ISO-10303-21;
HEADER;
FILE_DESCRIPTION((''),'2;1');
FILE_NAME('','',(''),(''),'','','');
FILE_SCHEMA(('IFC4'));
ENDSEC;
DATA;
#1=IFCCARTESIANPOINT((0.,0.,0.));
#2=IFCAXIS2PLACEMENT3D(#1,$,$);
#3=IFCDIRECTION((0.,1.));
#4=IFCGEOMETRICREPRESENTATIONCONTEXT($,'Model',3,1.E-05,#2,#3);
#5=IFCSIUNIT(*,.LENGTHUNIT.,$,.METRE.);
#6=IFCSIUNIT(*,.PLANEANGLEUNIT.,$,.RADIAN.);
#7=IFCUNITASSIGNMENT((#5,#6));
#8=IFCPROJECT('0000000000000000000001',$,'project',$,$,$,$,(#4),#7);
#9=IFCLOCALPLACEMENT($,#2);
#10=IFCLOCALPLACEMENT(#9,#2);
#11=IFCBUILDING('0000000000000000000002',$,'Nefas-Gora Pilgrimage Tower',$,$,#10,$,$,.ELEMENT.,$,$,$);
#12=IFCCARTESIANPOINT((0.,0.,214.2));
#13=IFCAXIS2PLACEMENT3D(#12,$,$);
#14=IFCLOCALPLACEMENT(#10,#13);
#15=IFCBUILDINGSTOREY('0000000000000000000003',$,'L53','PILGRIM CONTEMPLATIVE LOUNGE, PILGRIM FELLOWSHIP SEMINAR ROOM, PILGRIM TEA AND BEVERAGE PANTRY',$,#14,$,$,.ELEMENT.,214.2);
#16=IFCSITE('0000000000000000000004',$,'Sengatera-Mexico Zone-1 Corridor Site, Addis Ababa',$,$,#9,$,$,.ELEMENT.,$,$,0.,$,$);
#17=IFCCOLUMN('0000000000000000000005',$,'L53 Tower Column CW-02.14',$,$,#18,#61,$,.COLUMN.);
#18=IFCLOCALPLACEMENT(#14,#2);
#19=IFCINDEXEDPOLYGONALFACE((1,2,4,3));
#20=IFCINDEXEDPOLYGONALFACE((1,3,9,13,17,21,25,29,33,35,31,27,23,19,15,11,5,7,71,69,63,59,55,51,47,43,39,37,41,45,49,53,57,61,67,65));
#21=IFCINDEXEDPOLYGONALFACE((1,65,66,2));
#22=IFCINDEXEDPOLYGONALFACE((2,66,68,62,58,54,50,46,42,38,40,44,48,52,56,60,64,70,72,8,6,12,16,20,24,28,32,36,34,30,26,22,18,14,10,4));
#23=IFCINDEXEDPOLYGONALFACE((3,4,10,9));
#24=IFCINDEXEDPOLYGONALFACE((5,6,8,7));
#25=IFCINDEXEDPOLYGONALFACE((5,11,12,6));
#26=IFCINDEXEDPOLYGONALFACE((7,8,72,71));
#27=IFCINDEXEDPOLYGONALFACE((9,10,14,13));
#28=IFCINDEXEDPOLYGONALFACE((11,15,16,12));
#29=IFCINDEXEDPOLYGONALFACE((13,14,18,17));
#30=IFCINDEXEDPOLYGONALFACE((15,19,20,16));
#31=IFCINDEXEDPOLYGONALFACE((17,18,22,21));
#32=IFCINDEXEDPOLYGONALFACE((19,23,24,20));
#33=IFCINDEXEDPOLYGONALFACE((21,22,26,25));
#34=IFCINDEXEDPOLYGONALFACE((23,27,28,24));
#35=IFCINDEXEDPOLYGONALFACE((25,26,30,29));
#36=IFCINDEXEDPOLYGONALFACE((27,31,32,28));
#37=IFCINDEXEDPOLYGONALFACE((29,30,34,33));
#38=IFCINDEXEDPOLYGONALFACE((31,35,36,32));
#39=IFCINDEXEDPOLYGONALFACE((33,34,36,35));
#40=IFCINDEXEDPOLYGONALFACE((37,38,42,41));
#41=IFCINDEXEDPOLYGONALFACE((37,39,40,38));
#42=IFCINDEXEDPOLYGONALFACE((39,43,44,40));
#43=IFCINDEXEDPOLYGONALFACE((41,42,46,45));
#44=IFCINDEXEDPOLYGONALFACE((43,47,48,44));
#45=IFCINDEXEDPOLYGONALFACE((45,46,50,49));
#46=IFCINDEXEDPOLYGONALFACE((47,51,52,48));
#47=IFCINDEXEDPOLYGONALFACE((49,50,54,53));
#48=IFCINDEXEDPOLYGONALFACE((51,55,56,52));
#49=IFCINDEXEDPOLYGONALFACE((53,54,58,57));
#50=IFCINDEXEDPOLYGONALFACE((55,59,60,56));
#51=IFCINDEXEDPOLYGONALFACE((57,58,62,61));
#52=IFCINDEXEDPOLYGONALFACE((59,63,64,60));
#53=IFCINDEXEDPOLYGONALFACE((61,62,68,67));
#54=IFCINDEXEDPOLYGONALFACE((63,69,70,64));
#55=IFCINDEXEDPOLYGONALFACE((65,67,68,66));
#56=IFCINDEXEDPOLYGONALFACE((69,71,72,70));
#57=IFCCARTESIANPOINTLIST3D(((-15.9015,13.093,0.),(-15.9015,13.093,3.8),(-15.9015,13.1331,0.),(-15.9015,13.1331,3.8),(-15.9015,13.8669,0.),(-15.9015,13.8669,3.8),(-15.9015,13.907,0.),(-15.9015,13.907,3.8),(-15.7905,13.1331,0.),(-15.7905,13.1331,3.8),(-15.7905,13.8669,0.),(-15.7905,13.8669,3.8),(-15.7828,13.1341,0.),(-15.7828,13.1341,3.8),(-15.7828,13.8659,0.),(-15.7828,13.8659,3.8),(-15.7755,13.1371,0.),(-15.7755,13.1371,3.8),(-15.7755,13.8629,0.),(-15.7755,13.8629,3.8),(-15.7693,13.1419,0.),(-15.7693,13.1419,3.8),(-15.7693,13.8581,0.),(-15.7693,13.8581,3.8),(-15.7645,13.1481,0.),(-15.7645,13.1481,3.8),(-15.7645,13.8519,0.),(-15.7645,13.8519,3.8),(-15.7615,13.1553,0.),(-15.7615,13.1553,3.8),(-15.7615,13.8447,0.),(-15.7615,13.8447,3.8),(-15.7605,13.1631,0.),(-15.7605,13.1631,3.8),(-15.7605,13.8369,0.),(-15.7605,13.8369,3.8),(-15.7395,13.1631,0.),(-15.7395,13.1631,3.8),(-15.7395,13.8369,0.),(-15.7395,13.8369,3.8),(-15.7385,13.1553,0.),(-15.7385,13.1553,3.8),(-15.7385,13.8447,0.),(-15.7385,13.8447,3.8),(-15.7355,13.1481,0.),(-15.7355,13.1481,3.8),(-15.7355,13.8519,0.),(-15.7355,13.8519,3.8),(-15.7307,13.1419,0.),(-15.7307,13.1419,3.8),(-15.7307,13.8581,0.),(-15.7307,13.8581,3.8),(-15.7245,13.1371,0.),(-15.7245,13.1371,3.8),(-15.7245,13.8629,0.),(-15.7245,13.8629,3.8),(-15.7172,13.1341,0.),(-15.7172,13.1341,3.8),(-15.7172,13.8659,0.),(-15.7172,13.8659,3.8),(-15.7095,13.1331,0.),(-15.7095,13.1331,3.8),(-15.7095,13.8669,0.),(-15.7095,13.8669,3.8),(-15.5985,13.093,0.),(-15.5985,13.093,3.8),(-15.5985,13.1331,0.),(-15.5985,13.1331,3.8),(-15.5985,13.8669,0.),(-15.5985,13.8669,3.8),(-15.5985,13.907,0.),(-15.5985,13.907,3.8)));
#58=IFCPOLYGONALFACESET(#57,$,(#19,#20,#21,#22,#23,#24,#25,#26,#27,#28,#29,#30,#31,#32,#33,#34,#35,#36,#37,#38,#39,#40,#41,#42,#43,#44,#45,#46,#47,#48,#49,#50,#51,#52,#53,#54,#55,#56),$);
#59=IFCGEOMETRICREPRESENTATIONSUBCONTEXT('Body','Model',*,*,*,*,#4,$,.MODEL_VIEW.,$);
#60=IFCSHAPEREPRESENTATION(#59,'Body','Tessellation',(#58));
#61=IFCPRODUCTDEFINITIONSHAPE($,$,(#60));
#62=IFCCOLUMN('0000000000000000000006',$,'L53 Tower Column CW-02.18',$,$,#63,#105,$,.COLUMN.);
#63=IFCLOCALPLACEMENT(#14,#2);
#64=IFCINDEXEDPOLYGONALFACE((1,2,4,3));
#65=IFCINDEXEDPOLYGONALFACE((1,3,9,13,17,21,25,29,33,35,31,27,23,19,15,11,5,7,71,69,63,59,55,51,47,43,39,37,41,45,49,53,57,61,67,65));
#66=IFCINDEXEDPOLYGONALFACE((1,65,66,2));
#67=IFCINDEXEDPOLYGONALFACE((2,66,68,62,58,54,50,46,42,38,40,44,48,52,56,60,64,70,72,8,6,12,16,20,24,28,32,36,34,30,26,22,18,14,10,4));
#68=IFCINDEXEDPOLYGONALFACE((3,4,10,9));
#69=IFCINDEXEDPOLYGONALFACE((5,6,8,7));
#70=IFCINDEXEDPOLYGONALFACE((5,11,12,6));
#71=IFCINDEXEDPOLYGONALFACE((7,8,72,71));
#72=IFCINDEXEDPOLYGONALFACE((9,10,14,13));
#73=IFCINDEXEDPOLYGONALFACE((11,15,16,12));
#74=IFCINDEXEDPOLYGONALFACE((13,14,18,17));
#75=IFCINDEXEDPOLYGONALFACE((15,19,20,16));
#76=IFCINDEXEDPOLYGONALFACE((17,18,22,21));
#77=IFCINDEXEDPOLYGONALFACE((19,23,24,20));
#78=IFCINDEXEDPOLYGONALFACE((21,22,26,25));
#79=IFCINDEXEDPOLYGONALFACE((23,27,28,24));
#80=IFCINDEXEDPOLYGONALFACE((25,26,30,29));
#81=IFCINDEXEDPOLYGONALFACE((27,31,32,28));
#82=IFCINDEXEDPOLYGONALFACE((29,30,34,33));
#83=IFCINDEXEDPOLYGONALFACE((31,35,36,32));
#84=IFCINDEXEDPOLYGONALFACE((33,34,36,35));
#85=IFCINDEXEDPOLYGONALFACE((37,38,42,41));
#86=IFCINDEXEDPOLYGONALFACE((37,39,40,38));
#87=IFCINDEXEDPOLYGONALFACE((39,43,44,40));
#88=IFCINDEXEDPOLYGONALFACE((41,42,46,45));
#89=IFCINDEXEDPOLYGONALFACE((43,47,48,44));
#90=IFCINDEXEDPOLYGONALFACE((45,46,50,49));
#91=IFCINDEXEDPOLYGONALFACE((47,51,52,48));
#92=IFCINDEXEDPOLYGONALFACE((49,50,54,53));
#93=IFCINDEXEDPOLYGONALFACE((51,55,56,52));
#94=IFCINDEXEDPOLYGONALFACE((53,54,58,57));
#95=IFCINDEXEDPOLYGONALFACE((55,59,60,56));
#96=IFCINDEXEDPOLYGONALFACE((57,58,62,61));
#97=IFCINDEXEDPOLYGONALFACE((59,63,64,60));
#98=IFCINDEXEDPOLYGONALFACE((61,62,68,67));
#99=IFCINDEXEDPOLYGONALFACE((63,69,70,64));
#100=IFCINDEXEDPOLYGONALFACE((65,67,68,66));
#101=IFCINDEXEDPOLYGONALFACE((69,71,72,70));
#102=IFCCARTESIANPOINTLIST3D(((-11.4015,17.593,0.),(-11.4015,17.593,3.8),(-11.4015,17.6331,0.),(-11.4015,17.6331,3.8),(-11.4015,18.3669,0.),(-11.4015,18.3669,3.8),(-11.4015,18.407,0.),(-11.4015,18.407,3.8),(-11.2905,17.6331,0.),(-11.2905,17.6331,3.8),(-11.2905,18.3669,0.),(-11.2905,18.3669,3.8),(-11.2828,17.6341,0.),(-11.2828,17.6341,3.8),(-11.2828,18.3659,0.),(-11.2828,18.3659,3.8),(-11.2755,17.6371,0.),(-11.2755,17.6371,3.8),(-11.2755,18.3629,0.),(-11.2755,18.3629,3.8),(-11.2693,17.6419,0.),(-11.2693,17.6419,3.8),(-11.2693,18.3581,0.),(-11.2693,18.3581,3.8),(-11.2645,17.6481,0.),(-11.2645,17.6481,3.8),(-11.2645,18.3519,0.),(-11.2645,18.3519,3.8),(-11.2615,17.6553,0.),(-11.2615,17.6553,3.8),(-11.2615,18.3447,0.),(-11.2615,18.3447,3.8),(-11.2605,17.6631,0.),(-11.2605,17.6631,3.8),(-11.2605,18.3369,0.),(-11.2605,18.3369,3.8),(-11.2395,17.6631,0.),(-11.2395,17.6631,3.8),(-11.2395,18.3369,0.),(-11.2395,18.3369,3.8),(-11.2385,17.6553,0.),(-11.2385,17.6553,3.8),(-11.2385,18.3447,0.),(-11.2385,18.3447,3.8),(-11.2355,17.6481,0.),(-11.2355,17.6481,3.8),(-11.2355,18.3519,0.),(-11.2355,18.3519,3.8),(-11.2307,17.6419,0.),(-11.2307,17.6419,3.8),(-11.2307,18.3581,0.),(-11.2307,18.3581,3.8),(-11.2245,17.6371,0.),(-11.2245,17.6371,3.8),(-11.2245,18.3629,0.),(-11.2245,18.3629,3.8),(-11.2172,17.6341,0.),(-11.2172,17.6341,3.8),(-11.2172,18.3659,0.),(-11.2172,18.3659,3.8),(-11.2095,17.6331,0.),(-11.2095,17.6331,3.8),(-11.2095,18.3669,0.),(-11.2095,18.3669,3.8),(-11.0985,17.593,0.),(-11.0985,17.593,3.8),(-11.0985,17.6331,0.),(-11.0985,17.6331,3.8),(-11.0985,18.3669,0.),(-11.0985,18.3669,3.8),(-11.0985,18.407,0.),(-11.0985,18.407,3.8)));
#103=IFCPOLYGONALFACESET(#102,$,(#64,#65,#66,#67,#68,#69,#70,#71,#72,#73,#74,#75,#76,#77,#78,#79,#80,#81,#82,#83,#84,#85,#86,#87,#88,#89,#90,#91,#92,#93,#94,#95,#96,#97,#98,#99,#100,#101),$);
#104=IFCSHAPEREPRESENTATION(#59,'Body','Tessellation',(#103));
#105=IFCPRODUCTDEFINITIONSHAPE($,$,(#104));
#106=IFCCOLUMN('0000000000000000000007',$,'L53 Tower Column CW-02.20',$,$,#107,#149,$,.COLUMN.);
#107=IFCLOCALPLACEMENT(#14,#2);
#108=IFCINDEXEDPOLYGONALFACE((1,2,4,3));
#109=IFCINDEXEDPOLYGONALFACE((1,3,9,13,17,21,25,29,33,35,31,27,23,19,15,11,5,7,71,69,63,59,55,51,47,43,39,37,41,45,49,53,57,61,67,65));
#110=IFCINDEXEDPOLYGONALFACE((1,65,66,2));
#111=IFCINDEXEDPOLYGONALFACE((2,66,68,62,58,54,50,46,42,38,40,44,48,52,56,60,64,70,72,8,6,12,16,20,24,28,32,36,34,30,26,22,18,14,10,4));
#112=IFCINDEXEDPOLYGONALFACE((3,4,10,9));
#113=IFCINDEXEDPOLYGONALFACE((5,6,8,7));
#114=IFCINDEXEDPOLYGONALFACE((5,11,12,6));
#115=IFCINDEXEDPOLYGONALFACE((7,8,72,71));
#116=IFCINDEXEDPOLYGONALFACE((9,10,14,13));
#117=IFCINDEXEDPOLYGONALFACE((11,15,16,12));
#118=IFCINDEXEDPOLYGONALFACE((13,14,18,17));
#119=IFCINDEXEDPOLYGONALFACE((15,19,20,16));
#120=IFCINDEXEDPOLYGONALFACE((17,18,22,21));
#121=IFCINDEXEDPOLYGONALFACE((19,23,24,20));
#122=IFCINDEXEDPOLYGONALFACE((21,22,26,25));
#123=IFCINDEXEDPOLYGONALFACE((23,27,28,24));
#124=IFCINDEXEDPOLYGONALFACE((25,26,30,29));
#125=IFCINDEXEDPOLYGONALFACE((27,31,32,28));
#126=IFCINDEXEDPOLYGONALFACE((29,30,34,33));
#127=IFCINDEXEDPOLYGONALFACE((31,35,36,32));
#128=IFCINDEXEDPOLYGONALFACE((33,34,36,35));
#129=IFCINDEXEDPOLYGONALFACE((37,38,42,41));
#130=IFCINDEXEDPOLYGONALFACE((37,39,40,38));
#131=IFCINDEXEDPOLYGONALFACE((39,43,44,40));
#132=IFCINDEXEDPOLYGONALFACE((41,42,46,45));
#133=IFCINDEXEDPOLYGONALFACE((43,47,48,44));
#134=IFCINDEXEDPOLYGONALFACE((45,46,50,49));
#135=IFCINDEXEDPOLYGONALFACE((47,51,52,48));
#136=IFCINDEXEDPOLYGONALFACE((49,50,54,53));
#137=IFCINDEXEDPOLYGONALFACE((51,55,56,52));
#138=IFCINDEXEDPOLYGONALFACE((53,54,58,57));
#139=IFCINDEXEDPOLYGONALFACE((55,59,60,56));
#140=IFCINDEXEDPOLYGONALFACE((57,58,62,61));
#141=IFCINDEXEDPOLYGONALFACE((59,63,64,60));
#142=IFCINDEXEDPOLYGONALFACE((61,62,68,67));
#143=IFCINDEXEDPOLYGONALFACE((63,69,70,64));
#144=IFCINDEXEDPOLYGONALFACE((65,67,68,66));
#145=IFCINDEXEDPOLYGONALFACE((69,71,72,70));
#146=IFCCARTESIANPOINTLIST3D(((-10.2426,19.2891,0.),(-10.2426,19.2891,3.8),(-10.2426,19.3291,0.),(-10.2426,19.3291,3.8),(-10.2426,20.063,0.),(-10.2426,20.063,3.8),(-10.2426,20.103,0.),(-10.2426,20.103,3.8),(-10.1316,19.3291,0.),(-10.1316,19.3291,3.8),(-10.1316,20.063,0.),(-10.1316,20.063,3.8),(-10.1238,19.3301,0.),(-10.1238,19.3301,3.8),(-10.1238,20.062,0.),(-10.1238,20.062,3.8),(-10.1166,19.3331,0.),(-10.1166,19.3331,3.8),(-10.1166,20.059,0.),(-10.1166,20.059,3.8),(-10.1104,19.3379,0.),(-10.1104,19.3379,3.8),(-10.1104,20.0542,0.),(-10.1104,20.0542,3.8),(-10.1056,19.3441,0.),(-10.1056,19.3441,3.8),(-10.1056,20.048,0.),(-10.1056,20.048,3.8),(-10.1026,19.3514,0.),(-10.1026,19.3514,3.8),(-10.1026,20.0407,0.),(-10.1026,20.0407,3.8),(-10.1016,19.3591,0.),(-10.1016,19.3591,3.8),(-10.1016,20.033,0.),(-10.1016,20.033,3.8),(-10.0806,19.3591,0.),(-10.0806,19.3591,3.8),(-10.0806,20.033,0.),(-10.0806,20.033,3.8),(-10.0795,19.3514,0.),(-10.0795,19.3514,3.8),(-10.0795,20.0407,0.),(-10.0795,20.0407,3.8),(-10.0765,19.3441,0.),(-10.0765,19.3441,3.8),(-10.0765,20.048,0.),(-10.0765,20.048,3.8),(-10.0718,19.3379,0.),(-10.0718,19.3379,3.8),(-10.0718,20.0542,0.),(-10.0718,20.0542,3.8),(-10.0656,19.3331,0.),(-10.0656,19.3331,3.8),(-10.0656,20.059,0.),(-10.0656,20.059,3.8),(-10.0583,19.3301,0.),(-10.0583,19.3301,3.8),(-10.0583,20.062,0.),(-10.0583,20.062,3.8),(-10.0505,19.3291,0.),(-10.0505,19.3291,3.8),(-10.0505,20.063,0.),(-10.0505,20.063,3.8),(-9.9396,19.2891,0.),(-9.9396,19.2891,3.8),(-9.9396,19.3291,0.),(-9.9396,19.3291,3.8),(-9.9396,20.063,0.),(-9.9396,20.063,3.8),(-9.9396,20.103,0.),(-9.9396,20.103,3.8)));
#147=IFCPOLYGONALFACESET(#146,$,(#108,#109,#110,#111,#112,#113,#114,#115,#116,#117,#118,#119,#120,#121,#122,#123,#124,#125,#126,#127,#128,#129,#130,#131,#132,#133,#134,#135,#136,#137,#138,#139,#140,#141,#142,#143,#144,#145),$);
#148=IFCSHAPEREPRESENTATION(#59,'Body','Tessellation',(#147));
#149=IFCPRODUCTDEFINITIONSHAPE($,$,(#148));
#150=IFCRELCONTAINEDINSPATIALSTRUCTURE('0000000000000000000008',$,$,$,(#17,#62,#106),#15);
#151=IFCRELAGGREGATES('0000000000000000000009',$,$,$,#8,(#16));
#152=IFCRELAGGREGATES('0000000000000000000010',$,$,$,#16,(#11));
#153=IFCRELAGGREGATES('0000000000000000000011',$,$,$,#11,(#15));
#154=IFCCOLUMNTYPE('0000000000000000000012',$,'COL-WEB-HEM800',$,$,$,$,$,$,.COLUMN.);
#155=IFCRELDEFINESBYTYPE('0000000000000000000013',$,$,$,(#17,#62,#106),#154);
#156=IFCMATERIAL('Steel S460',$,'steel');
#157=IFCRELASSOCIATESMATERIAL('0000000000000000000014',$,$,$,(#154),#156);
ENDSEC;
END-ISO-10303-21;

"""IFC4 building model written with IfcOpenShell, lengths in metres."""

from ifc_helpers import new_model, si_unit, direction, frame, origin, origin_2d, place, context, subcontext, project, spatial, i_section, extrude, source, transform, mapped, material, material_profile, profile_set, type_object, element, save


model = new_model("IFC4")

# Units and contexts
model_context = context("Model", 3, precision=1e-05, world=origin(), true_north=direction((0.0, 1.0)))
body_context = subcontext(model_context, "Body", "Model", "MODEL_VIEW")
ifc_project = project(units=[si_unit("LENGTHUNIT", "METRE"), si_unit("PLANEANGLEUNIT", "RADIAN")], contexts=[model_context])

# Site, building, storey
site_placement = place(None, origin())
site = spatial("IfcSite", under=ifc_project, at=site_placement, Name="Sengatera-Mexico Zone-1 Corridor Site, Addis Ababa", CompositionType="ELEMENT", RefElevation=0.0)
building_placement = place(site_placement, origin())
building = spatial("IfcBuilding", under=site, at=building_placement, Name="Nefas-Gora Pilgrimage Tower", CompositionType="ELEMENT")
storey_placement = place(building_placement, frame((0.0, 0.0, 214.2)))
storey = spatial("IfcBuildingStorey", under=building, at=storey_placement, Name="L53", Description="PILGRIM CONTEMPLATIVE LOUNGE, PILGRIM FELLOWSHIP SEMINAR ROOM, PILGRIM TEA AND BEVERAGE PANTRY", CompositionType="ELEMENT", Elevation=214.2)

# Columns
ifc_material_1 = material(Name="Steel S460", Category="steel")
ifc_material_profile_1 = material_profile(ifc_material_1, i_section(OverallWidth=0.303, OverallDepth=0.814, WebThickness=0.021, FlangeThickness=0.04, FilletRadius=0.03, at=origin_2d()), Name="HEM 800")
ifc_profile_set_1 = profile_set([ifc_material_profile_1], Name="Steel S460")
column_type_1 = type_object("IfcColumnType", Name="COL-WEB-HEM800", PredefinedType="COLUMN", material=ifc_profile_set_1)
shared_shape_1 = source(origin(), body_context, "Body", "SweptSolid", [
    extrude(i_section(OverallWidth=0.303, OverallDepth=0.814, WebThickness=0.021, FlangeThickness=0.04, FilletRadius=0.03, at=origin_2d()), origin(), (0.0, 0.0, 1.0), 3.8),
])
for number, where, z_axis, x_axis, name in (
    (1, (-15.75, 13.5, 0.0), (0.0, 0.0, 1.0), (1.0, 0.0, 0.0), "L53 Tower Column CW-02.14"),
    (2, (-11.25, 18.0, 0.0), (0.0, 0.0, 1.0), (1.0, 0.0, 0.0), "L53 Tower Column CW-02.18"),
    (3, (-10.0911, 19.696, 0.0), (0.0, 0.0, 1.0), (1.0, 0.0, 0.0), "L53 Tower Column CW-02.20"),
):
    element("IfcColumn", number, at=place(storey_placement, frame(where, z_axis=z_axis, x_axis=x_axis)), inside=storey, type_object=column_type_1, Name=name, PredefinedType="COLUMN", context=body_context, shape_type="MappedRepresentation", body=[
        mapped(shared_shape_1, transform((0.0, 0.0, 0.0), x_axis=(1.0, 0.0, 0.0), y_axis=(0.0, 1.0, 0.0), z_axis=(0.0, 0.0, 1.0), scale=1.0)),
    ])

save(model, "model.ifc")
